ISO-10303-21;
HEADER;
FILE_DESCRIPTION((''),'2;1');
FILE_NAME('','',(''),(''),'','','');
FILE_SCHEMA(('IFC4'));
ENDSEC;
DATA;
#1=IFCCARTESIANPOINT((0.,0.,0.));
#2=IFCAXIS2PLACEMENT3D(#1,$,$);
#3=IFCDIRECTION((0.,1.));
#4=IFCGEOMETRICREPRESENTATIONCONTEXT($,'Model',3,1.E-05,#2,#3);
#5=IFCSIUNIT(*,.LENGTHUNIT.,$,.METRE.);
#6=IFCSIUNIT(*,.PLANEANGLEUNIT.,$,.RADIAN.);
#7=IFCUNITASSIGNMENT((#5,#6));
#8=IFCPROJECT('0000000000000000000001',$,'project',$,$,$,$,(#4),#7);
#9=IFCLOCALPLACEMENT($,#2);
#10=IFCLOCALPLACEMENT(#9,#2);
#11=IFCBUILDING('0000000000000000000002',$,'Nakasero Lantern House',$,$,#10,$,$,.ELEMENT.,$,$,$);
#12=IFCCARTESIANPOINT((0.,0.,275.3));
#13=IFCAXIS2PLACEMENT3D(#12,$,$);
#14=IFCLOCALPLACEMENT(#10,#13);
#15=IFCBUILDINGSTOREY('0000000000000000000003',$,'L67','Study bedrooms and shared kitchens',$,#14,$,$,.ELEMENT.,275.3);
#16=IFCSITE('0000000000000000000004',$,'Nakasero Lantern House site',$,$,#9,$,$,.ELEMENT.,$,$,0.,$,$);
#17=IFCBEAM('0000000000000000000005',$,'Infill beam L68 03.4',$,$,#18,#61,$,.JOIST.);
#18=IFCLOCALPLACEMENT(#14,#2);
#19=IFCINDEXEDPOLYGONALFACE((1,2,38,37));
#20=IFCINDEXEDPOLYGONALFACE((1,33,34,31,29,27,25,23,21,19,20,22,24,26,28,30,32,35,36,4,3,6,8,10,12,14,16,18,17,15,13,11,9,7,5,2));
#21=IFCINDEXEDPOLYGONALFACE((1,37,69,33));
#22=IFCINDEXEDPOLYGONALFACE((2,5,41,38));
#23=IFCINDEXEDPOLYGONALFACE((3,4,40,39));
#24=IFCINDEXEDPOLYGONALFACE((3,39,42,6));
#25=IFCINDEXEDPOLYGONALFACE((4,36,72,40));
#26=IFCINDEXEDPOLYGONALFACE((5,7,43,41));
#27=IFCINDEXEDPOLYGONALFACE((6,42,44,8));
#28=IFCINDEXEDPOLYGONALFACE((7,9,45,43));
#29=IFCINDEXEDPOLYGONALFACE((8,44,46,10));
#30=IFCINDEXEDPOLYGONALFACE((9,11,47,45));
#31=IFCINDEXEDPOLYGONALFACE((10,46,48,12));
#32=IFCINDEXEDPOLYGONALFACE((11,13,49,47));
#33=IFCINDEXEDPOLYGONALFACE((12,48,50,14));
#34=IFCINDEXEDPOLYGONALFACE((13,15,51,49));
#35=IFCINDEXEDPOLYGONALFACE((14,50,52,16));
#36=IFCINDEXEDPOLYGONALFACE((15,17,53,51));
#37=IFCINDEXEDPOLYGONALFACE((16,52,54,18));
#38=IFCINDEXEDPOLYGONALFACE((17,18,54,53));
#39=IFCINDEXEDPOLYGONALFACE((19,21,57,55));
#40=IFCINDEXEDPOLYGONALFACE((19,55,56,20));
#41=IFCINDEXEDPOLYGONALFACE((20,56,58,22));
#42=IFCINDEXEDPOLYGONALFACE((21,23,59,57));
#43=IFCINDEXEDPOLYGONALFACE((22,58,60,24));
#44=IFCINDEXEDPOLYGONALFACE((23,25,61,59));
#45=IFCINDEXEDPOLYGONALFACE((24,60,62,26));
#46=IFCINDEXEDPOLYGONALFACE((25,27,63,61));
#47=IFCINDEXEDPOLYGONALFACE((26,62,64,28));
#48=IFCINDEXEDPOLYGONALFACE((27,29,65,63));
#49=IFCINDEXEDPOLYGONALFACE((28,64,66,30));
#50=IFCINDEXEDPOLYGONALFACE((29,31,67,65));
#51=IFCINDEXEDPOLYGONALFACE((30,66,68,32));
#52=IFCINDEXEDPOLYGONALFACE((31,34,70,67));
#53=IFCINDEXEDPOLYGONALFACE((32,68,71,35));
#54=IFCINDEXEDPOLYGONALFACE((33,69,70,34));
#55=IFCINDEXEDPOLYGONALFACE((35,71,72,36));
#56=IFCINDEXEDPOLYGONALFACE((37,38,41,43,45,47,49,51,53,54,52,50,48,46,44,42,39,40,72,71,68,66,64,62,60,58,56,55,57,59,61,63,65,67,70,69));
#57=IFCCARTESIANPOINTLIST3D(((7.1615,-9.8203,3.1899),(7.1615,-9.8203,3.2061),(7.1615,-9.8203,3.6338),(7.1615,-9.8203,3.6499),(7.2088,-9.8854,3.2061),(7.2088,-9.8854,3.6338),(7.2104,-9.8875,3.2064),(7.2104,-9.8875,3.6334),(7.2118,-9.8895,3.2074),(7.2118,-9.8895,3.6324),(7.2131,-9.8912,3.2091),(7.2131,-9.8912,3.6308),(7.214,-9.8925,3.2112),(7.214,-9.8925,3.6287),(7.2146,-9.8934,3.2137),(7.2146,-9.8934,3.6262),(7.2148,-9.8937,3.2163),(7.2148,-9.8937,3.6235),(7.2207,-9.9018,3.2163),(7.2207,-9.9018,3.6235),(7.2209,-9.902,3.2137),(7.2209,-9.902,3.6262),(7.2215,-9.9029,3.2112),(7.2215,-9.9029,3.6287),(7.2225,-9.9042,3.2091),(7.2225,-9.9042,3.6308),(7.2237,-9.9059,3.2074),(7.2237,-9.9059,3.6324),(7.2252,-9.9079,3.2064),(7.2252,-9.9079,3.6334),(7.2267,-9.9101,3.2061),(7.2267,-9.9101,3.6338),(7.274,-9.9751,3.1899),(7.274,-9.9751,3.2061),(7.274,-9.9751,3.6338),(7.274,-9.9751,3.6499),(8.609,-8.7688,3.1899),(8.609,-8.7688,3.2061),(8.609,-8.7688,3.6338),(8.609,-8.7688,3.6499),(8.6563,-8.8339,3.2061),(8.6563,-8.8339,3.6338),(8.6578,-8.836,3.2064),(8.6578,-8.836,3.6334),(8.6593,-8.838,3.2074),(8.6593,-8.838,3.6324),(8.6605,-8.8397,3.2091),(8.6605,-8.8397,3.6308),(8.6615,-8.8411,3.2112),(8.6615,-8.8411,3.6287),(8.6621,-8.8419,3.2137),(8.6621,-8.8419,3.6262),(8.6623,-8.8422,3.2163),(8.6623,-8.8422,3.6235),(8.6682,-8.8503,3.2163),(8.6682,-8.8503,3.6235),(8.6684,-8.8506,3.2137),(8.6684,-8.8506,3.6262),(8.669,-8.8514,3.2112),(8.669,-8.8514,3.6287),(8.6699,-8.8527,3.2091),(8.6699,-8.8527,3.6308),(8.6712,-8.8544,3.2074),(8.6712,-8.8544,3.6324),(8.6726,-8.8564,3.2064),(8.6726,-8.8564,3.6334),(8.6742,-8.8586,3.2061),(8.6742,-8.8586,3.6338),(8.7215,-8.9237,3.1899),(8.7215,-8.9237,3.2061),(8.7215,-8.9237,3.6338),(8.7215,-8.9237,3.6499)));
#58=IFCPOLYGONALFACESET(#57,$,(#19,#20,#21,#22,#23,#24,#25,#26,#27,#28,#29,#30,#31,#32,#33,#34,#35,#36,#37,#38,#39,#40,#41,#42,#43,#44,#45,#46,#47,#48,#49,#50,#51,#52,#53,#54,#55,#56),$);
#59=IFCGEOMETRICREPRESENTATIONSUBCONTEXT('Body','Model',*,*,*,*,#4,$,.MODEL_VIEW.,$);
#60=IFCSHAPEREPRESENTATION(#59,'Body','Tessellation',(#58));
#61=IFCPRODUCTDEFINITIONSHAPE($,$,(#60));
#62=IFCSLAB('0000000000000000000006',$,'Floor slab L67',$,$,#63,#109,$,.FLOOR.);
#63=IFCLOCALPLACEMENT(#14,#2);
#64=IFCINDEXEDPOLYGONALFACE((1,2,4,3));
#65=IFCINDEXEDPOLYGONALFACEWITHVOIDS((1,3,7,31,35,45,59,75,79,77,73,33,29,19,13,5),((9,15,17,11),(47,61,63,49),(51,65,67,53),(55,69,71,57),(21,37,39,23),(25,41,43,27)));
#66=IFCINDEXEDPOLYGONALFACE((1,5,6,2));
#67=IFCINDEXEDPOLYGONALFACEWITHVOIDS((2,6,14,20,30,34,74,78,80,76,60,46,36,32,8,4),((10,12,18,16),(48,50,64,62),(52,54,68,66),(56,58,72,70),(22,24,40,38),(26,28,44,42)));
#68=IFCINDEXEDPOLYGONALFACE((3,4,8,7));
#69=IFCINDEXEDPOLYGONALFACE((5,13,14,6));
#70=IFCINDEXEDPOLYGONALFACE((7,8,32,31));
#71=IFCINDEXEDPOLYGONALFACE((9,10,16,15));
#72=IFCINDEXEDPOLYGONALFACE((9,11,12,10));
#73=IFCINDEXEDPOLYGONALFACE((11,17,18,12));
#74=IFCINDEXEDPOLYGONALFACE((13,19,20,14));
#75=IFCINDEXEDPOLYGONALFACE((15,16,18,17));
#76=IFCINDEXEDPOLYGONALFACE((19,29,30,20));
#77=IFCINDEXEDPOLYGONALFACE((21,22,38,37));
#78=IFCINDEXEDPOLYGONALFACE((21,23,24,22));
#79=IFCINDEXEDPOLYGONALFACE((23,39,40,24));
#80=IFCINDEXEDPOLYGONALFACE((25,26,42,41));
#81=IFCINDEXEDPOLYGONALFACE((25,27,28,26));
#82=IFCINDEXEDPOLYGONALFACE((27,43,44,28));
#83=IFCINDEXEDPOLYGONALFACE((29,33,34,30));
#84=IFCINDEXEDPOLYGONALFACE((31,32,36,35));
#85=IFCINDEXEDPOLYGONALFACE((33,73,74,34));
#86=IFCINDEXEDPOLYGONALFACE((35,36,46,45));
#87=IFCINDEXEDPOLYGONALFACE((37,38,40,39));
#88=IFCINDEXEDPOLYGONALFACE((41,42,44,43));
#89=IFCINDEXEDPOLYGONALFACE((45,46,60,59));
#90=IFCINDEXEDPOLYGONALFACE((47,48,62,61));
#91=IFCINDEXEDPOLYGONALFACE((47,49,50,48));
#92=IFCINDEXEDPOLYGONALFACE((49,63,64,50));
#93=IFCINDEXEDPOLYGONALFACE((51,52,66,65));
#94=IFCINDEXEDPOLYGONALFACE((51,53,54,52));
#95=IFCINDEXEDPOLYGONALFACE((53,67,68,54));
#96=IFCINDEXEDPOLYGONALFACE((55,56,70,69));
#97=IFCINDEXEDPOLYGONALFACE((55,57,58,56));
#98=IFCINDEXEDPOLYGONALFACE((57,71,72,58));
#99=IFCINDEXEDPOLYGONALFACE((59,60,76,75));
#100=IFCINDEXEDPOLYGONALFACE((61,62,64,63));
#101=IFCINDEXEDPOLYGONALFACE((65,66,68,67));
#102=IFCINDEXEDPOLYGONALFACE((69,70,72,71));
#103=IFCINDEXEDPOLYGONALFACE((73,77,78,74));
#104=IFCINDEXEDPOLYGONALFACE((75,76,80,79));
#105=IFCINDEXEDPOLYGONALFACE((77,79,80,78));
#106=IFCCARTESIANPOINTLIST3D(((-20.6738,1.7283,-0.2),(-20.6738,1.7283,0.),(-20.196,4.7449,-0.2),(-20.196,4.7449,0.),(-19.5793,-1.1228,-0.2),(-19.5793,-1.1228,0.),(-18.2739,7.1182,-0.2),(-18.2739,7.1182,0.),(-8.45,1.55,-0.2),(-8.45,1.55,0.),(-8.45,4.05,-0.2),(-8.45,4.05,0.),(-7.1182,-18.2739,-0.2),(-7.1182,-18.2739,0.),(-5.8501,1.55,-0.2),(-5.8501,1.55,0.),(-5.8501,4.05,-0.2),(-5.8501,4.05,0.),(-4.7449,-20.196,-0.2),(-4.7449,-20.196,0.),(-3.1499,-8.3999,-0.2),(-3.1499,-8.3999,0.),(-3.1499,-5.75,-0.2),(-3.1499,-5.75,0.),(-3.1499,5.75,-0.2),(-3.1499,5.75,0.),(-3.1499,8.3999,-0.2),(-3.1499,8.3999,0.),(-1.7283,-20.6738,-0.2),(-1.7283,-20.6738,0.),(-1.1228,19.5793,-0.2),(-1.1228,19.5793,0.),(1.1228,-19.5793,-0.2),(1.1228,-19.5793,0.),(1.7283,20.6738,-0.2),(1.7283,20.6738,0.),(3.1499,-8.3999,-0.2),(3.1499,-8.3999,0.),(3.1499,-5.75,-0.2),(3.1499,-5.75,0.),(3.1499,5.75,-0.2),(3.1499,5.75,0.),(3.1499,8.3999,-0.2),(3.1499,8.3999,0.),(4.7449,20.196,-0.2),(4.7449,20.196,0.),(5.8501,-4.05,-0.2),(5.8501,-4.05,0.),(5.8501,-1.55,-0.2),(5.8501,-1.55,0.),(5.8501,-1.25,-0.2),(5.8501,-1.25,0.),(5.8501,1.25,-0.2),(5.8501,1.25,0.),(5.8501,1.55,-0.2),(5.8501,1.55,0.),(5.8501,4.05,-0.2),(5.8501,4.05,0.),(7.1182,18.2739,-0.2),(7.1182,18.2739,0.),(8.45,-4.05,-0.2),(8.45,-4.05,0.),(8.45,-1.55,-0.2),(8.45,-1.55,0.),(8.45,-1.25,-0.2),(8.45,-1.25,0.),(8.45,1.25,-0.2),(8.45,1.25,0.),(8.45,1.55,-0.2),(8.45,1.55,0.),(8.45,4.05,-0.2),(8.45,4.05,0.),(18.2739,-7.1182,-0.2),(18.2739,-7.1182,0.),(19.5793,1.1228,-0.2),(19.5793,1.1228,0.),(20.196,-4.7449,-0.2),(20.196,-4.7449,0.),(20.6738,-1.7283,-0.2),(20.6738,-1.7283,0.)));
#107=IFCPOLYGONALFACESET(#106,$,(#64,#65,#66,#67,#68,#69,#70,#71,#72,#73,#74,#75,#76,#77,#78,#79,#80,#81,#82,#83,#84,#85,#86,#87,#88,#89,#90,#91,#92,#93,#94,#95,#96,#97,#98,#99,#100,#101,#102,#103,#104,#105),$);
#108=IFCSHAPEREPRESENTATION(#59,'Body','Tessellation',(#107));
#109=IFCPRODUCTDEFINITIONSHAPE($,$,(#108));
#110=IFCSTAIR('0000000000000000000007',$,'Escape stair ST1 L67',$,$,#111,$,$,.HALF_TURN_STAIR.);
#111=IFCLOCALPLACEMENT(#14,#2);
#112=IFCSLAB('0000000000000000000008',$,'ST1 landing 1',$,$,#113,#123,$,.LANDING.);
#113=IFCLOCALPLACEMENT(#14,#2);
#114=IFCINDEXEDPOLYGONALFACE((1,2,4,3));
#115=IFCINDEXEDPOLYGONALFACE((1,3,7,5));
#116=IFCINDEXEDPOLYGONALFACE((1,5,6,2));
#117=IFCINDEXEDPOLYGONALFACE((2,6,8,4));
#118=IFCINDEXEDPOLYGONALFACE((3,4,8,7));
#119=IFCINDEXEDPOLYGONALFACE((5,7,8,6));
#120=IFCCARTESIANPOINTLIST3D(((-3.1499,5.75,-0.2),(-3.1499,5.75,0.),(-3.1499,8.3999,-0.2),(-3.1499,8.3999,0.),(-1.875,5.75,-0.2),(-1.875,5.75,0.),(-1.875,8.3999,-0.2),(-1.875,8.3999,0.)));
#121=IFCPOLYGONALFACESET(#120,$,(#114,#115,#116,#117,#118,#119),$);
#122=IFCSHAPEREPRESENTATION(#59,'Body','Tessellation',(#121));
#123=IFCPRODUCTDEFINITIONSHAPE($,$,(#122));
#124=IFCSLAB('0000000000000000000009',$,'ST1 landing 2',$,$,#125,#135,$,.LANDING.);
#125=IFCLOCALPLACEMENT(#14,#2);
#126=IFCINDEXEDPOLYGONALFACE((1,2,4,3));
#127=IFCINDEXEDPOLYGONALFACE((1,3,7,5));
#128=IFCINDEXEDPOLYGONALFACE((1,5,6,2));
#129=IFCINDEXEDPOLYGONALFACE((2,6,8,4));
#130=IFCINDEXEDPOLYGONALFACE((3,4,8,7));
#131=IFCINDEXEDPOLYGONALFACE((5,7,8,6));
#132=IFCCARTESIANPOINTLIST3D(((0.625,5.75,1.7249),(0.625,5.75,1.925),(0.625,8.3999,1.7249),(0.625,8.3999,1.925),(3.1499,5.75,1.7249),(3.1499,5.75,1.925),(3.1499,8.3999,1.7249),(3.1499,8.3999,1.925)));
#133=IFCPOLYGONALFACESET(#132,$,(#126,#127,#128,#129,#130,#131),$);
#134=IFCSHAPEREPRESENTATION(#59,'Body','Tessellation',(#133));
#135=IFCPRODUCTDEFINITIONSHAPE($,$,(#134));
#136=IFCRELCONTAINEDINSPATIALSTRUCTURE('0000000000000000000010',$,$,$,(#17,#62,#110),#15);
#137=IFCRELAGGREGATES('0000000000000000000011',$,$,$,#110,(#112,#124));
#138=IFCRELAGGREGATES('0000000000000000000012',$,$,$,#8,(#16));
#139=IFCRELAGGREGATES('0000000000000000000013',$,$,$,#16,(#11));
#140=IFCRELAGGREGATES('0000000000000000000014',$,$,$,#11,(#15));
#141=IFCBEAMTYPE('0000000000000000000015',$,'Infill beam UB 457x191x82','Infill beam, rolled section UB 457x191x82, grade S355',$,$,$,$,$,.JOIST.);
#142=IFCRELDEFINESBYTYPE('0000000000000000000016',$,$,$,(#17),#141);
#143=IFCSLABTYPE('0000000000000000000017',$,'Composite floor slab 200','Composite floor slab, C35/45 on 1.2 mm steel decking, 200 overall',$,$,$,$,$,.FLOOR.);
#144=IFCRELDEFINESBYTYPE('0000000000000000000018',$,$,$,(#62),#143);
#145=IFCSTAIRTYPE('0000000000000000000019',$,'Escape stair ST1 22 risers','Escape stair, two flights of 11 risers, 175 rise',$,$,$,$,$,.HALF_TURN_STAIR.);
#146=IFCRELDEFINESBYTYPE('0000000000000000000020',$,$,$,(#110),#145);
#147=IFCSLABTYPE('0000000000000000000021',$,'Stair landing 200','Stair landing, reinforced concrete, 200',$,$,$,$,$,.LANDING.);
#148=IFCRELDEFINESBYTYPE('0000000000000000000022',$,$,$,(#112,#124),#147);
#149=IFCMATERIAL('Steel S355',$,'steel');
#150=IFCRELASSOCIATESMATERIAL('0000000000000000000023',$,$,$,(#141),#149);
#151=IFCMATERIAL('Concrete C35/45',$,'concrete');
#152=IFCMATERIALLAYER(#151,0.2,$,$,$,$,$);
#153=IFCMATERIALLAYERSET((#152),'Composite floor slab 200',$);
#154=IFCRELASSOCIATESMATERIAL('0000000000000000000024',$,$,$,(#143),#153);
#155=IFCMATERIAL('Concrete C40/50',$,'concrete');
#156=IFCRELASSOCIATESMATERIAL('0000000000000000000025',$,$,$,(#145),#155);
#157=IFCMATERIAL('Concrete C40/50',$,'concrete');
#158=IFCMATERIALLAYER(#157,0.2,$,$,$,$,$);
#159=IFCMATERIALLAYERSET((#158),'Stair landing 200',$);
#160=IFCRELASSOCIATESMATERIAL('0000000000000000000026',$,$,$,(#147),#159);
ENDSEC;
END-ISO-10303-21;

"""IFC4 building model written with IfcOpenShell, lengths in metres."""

from ifc_helpers import new_model, si_unit, direction, frame, origin, origin_2d, place, context, subcontext, project, spatial, polyline, i_section, outline, extrude, material, layer, layer_set, material_profile, profile_set, type_object, element, aggregate, save


model = new_model("IFC4")

# Units and contexts
model_context = context("Model", 3, precision=1e-05, world=origin(), true_north=direction((0.0, 1.0)))
body_context = subcontext(model_context, "Body", "Model", "MODEL_VIEW")
ifc_project = project(units=[si_unit("LENGTHUNIT", "METRE"), si_unit("PLANEANGLEUNIT", "RADIAN")], contexts=[model_context])

# Site, building, storey
site_placement = place(None, origin())
site = spatial("IfcSite", under=ifc_project, at=site_placement, Name="Nakasero Lantern House site", CompositionType="ELEMENT", RefElevation=0.0)
building_placement = place(site_placement, origin())
building = spatial("IfcBuilding", under=site, at=building_placement, Name="Nakasero Lantern House", CompositionType="ELEMENT")
storey_placement = place(building_placement, frame((0.0, 0.0, 275.3)))
storey = spatial("IfcBuildingStorey", under=building, at=storey_placement, Name="L67", Description="Study bedrooms and shared kitchens", CompositionType="ELEMENT", Elevation=275.3)

# Beam
ifc_material_1 = material(Name="Steel S355", Category="steel")
ifc_material_profile = material_profile(ifc_material_1, i_section(OverallWidth=0.1914, OverallDepth=0.46, WebThickness=0.01, FlangeThickness=0.0161, FilletRadius=0.0103, at=origin_2d()), Name="UB 457x191x82")
ifc_profile_set = profile_set([ifc_material_profile], Name="Steel S355")
beam_type = type_object("IfcBeamType", Name="Infill beam UB 457x191x82", Description="Infill beam, rolled section UB 457x191x82, grade S355", PredefinedType="JOIST", material=ifc_profile_set)
beam_placement = place(storey_placement, frame((7.2178, -9.8977, 3.4199), z_axis=(0.809061, 0.587725, 0.0), x_axis=(-0.587725, 0.809061, 0.0)))
element("IfcBeam", 1, at=beam_placement, inside=storey, type_object=beam_type, Name="Infill beam L68 03.4", PredefinedType="JOIST", context=body_context, shape_type="SweptSolid", body=[
    extrude(i_section(OverallWidth=0.1914, OverallDepth=0.46, WebThickness=0.01, FlangeThickness=0.0161, FilletRadius=0.0103, at=origin_2d()), origin(), (0.0, 0.0, 1.0), 1.7891),
])

# Slab
ifc_material_2 = material(Name="Concrete C35/45", Category="concrete")
ifc_layer_1 = layer(ifc_material_2, 0.2)
ifc_layer_set_1 = layer_set([ifc_layer_1], Name="Composite floor slab 200")
slab_type_1 = type_object("IfcSlabType", Name="Composite floor slab 200", Description="Composite floor slab, C35/45 on 1.2 mm steel decking, 200 overall", PredefinedType="FLOOR", material=ifc_layer_set_1)
slab_1_placement = place(storey_placement, frame((0.0, 0.0, -0.2)))
element("IfcSlab", 2, at=slab_1_placement, inside=storey, type_object=slab_type_1, Name="Floor slab L67", PredefinedType="FLOOR", context=body_context, shape_type="SweptSolid", body=[
    extrude(outline(polyline([(7.1182, 18.2739), (4.7449, 20.196), (1.7283, 20.6738), (-1.1228, 19.5793), (-18.2739, 7.1182), (-20.196, 4.7449), (-20.6738, 1.7283), (-19.5793, -1.1228), (-7.1182, -18.2739), (-4.7449, -20.196), (-1.7283, -20.6738), (1.1228, -19.5793), (18.2739, -7.1182), (20.196, -4.7449), (20.6738, -1.7283), (19.5793, 1.1228), (7.1182, 18.2739)]), holes=[polyline([(-8.45, 1.55), (-5.8501, 1.55), (-5.8501, 4.05), (-8.45, 4.05), (-8.45, 1.55)]), polyline([(5.8501, -4.05), (8.45, -4.05), (8.45, -1.55), (5.8501, -1.55), (5.8501, -4.05)]), polyline([(5.8501, -1.25), (8.45, -1.25), (8.45, 1.25), (5.8501, 1.25), (5.8501, -1.25)]), polyline([(5.8501, 1.55), (8.45, 1.55), (8.45, 4.05), (5.8501, 4.05), (5.8501, 1.55)]), polyline([(-3.1499, 5.75), (3.1499, 5.75), (3.1499, 8.3999), (-3.1499, 8.3999), (-3.1499, 5.75)]), polyline([(-3.1499, -8.3999), (3.1499, -8.3999), (3.1499, -5.75), (-3.1499, -5.75), (-3.1499, -8.3999)])]), origin(), (0.0, 0.0, 1.0), 0.2),
])

# Stair, slabs
ifc_material_3 = material(Name="Concrete C40/50", Category="concrete")
stair_type_1 = type_object("IfcStairType", Name="Escape stair ST1 22 risers", Description="Escape stair, two flights of 11 risers, 175 rise", PredefinedType="HALF_TURN_STAIR", material=ifc_material_3)
stair_1_placement = place(storey_placement, origin())
stair_1 = element("IfcStair", 3, at=stair_1_placement, inside=storey, type_object=stair_type_1, Name="Escape stair ST1 L67", PredefinedType="HALF_TURN_STAIR")
ifc_material_4 = material(Name="Concrete C40/50", Category="concrete")
ifc_layer_2 = layer(ifc_material_4, 0.2)
ifc_layer_set_2 = layer_set([ifc_layer_2], Name="Stair landing 200")
slab_type_2 = type_object("IfcSlabType", Name="Stair landing 200", Description="Stair landing, reinforced concrete, 200", PredefinedType="LANDING", material=ifc_layer_set_2)
slab_2_placement = place(storey_placement, frame((0.0, 0.0, -0.2)))
slab_2 = element("IfcSlab", 4, at=slab_2_placement, type_object=slab_type_2, Name="ST1 landing 1", PredefinedType="LANDING", context=body_context, shape_type="SweptSolid", body=[
    extrude(outline(polyline([(-3.1499, 5.75), (-1.875, 5.75), (-1.875, 8.3999), (-3.1499, 8.3999), (-3.1499, 5.75)])), origin(), (0.0, 0.0, 1.0), 0.2),
])
slab_3_placement = place(storey_placement, frame((0.0, 0.0, 1.7249)))
slab_3 = element("IfcSlab", 5, at=slab_3_placement, type_object=slab_type_2, Name="ST1 landing 2", PredefinedType="LANDING", context=body_context, shape_type="SweptSolid", body=[
    extrude(outline(polyline([(0.625, 5.75), (3.1499, 5.75), (3.1499, 8.3999), (0.625, 8.3999), (0.625, 5.75)])), origin(), (0.0, 0.0, 1.0), 0.2002),
])
aggregate(stair_1, [slab_2, slab_3])

save(model, "model.ifc")
